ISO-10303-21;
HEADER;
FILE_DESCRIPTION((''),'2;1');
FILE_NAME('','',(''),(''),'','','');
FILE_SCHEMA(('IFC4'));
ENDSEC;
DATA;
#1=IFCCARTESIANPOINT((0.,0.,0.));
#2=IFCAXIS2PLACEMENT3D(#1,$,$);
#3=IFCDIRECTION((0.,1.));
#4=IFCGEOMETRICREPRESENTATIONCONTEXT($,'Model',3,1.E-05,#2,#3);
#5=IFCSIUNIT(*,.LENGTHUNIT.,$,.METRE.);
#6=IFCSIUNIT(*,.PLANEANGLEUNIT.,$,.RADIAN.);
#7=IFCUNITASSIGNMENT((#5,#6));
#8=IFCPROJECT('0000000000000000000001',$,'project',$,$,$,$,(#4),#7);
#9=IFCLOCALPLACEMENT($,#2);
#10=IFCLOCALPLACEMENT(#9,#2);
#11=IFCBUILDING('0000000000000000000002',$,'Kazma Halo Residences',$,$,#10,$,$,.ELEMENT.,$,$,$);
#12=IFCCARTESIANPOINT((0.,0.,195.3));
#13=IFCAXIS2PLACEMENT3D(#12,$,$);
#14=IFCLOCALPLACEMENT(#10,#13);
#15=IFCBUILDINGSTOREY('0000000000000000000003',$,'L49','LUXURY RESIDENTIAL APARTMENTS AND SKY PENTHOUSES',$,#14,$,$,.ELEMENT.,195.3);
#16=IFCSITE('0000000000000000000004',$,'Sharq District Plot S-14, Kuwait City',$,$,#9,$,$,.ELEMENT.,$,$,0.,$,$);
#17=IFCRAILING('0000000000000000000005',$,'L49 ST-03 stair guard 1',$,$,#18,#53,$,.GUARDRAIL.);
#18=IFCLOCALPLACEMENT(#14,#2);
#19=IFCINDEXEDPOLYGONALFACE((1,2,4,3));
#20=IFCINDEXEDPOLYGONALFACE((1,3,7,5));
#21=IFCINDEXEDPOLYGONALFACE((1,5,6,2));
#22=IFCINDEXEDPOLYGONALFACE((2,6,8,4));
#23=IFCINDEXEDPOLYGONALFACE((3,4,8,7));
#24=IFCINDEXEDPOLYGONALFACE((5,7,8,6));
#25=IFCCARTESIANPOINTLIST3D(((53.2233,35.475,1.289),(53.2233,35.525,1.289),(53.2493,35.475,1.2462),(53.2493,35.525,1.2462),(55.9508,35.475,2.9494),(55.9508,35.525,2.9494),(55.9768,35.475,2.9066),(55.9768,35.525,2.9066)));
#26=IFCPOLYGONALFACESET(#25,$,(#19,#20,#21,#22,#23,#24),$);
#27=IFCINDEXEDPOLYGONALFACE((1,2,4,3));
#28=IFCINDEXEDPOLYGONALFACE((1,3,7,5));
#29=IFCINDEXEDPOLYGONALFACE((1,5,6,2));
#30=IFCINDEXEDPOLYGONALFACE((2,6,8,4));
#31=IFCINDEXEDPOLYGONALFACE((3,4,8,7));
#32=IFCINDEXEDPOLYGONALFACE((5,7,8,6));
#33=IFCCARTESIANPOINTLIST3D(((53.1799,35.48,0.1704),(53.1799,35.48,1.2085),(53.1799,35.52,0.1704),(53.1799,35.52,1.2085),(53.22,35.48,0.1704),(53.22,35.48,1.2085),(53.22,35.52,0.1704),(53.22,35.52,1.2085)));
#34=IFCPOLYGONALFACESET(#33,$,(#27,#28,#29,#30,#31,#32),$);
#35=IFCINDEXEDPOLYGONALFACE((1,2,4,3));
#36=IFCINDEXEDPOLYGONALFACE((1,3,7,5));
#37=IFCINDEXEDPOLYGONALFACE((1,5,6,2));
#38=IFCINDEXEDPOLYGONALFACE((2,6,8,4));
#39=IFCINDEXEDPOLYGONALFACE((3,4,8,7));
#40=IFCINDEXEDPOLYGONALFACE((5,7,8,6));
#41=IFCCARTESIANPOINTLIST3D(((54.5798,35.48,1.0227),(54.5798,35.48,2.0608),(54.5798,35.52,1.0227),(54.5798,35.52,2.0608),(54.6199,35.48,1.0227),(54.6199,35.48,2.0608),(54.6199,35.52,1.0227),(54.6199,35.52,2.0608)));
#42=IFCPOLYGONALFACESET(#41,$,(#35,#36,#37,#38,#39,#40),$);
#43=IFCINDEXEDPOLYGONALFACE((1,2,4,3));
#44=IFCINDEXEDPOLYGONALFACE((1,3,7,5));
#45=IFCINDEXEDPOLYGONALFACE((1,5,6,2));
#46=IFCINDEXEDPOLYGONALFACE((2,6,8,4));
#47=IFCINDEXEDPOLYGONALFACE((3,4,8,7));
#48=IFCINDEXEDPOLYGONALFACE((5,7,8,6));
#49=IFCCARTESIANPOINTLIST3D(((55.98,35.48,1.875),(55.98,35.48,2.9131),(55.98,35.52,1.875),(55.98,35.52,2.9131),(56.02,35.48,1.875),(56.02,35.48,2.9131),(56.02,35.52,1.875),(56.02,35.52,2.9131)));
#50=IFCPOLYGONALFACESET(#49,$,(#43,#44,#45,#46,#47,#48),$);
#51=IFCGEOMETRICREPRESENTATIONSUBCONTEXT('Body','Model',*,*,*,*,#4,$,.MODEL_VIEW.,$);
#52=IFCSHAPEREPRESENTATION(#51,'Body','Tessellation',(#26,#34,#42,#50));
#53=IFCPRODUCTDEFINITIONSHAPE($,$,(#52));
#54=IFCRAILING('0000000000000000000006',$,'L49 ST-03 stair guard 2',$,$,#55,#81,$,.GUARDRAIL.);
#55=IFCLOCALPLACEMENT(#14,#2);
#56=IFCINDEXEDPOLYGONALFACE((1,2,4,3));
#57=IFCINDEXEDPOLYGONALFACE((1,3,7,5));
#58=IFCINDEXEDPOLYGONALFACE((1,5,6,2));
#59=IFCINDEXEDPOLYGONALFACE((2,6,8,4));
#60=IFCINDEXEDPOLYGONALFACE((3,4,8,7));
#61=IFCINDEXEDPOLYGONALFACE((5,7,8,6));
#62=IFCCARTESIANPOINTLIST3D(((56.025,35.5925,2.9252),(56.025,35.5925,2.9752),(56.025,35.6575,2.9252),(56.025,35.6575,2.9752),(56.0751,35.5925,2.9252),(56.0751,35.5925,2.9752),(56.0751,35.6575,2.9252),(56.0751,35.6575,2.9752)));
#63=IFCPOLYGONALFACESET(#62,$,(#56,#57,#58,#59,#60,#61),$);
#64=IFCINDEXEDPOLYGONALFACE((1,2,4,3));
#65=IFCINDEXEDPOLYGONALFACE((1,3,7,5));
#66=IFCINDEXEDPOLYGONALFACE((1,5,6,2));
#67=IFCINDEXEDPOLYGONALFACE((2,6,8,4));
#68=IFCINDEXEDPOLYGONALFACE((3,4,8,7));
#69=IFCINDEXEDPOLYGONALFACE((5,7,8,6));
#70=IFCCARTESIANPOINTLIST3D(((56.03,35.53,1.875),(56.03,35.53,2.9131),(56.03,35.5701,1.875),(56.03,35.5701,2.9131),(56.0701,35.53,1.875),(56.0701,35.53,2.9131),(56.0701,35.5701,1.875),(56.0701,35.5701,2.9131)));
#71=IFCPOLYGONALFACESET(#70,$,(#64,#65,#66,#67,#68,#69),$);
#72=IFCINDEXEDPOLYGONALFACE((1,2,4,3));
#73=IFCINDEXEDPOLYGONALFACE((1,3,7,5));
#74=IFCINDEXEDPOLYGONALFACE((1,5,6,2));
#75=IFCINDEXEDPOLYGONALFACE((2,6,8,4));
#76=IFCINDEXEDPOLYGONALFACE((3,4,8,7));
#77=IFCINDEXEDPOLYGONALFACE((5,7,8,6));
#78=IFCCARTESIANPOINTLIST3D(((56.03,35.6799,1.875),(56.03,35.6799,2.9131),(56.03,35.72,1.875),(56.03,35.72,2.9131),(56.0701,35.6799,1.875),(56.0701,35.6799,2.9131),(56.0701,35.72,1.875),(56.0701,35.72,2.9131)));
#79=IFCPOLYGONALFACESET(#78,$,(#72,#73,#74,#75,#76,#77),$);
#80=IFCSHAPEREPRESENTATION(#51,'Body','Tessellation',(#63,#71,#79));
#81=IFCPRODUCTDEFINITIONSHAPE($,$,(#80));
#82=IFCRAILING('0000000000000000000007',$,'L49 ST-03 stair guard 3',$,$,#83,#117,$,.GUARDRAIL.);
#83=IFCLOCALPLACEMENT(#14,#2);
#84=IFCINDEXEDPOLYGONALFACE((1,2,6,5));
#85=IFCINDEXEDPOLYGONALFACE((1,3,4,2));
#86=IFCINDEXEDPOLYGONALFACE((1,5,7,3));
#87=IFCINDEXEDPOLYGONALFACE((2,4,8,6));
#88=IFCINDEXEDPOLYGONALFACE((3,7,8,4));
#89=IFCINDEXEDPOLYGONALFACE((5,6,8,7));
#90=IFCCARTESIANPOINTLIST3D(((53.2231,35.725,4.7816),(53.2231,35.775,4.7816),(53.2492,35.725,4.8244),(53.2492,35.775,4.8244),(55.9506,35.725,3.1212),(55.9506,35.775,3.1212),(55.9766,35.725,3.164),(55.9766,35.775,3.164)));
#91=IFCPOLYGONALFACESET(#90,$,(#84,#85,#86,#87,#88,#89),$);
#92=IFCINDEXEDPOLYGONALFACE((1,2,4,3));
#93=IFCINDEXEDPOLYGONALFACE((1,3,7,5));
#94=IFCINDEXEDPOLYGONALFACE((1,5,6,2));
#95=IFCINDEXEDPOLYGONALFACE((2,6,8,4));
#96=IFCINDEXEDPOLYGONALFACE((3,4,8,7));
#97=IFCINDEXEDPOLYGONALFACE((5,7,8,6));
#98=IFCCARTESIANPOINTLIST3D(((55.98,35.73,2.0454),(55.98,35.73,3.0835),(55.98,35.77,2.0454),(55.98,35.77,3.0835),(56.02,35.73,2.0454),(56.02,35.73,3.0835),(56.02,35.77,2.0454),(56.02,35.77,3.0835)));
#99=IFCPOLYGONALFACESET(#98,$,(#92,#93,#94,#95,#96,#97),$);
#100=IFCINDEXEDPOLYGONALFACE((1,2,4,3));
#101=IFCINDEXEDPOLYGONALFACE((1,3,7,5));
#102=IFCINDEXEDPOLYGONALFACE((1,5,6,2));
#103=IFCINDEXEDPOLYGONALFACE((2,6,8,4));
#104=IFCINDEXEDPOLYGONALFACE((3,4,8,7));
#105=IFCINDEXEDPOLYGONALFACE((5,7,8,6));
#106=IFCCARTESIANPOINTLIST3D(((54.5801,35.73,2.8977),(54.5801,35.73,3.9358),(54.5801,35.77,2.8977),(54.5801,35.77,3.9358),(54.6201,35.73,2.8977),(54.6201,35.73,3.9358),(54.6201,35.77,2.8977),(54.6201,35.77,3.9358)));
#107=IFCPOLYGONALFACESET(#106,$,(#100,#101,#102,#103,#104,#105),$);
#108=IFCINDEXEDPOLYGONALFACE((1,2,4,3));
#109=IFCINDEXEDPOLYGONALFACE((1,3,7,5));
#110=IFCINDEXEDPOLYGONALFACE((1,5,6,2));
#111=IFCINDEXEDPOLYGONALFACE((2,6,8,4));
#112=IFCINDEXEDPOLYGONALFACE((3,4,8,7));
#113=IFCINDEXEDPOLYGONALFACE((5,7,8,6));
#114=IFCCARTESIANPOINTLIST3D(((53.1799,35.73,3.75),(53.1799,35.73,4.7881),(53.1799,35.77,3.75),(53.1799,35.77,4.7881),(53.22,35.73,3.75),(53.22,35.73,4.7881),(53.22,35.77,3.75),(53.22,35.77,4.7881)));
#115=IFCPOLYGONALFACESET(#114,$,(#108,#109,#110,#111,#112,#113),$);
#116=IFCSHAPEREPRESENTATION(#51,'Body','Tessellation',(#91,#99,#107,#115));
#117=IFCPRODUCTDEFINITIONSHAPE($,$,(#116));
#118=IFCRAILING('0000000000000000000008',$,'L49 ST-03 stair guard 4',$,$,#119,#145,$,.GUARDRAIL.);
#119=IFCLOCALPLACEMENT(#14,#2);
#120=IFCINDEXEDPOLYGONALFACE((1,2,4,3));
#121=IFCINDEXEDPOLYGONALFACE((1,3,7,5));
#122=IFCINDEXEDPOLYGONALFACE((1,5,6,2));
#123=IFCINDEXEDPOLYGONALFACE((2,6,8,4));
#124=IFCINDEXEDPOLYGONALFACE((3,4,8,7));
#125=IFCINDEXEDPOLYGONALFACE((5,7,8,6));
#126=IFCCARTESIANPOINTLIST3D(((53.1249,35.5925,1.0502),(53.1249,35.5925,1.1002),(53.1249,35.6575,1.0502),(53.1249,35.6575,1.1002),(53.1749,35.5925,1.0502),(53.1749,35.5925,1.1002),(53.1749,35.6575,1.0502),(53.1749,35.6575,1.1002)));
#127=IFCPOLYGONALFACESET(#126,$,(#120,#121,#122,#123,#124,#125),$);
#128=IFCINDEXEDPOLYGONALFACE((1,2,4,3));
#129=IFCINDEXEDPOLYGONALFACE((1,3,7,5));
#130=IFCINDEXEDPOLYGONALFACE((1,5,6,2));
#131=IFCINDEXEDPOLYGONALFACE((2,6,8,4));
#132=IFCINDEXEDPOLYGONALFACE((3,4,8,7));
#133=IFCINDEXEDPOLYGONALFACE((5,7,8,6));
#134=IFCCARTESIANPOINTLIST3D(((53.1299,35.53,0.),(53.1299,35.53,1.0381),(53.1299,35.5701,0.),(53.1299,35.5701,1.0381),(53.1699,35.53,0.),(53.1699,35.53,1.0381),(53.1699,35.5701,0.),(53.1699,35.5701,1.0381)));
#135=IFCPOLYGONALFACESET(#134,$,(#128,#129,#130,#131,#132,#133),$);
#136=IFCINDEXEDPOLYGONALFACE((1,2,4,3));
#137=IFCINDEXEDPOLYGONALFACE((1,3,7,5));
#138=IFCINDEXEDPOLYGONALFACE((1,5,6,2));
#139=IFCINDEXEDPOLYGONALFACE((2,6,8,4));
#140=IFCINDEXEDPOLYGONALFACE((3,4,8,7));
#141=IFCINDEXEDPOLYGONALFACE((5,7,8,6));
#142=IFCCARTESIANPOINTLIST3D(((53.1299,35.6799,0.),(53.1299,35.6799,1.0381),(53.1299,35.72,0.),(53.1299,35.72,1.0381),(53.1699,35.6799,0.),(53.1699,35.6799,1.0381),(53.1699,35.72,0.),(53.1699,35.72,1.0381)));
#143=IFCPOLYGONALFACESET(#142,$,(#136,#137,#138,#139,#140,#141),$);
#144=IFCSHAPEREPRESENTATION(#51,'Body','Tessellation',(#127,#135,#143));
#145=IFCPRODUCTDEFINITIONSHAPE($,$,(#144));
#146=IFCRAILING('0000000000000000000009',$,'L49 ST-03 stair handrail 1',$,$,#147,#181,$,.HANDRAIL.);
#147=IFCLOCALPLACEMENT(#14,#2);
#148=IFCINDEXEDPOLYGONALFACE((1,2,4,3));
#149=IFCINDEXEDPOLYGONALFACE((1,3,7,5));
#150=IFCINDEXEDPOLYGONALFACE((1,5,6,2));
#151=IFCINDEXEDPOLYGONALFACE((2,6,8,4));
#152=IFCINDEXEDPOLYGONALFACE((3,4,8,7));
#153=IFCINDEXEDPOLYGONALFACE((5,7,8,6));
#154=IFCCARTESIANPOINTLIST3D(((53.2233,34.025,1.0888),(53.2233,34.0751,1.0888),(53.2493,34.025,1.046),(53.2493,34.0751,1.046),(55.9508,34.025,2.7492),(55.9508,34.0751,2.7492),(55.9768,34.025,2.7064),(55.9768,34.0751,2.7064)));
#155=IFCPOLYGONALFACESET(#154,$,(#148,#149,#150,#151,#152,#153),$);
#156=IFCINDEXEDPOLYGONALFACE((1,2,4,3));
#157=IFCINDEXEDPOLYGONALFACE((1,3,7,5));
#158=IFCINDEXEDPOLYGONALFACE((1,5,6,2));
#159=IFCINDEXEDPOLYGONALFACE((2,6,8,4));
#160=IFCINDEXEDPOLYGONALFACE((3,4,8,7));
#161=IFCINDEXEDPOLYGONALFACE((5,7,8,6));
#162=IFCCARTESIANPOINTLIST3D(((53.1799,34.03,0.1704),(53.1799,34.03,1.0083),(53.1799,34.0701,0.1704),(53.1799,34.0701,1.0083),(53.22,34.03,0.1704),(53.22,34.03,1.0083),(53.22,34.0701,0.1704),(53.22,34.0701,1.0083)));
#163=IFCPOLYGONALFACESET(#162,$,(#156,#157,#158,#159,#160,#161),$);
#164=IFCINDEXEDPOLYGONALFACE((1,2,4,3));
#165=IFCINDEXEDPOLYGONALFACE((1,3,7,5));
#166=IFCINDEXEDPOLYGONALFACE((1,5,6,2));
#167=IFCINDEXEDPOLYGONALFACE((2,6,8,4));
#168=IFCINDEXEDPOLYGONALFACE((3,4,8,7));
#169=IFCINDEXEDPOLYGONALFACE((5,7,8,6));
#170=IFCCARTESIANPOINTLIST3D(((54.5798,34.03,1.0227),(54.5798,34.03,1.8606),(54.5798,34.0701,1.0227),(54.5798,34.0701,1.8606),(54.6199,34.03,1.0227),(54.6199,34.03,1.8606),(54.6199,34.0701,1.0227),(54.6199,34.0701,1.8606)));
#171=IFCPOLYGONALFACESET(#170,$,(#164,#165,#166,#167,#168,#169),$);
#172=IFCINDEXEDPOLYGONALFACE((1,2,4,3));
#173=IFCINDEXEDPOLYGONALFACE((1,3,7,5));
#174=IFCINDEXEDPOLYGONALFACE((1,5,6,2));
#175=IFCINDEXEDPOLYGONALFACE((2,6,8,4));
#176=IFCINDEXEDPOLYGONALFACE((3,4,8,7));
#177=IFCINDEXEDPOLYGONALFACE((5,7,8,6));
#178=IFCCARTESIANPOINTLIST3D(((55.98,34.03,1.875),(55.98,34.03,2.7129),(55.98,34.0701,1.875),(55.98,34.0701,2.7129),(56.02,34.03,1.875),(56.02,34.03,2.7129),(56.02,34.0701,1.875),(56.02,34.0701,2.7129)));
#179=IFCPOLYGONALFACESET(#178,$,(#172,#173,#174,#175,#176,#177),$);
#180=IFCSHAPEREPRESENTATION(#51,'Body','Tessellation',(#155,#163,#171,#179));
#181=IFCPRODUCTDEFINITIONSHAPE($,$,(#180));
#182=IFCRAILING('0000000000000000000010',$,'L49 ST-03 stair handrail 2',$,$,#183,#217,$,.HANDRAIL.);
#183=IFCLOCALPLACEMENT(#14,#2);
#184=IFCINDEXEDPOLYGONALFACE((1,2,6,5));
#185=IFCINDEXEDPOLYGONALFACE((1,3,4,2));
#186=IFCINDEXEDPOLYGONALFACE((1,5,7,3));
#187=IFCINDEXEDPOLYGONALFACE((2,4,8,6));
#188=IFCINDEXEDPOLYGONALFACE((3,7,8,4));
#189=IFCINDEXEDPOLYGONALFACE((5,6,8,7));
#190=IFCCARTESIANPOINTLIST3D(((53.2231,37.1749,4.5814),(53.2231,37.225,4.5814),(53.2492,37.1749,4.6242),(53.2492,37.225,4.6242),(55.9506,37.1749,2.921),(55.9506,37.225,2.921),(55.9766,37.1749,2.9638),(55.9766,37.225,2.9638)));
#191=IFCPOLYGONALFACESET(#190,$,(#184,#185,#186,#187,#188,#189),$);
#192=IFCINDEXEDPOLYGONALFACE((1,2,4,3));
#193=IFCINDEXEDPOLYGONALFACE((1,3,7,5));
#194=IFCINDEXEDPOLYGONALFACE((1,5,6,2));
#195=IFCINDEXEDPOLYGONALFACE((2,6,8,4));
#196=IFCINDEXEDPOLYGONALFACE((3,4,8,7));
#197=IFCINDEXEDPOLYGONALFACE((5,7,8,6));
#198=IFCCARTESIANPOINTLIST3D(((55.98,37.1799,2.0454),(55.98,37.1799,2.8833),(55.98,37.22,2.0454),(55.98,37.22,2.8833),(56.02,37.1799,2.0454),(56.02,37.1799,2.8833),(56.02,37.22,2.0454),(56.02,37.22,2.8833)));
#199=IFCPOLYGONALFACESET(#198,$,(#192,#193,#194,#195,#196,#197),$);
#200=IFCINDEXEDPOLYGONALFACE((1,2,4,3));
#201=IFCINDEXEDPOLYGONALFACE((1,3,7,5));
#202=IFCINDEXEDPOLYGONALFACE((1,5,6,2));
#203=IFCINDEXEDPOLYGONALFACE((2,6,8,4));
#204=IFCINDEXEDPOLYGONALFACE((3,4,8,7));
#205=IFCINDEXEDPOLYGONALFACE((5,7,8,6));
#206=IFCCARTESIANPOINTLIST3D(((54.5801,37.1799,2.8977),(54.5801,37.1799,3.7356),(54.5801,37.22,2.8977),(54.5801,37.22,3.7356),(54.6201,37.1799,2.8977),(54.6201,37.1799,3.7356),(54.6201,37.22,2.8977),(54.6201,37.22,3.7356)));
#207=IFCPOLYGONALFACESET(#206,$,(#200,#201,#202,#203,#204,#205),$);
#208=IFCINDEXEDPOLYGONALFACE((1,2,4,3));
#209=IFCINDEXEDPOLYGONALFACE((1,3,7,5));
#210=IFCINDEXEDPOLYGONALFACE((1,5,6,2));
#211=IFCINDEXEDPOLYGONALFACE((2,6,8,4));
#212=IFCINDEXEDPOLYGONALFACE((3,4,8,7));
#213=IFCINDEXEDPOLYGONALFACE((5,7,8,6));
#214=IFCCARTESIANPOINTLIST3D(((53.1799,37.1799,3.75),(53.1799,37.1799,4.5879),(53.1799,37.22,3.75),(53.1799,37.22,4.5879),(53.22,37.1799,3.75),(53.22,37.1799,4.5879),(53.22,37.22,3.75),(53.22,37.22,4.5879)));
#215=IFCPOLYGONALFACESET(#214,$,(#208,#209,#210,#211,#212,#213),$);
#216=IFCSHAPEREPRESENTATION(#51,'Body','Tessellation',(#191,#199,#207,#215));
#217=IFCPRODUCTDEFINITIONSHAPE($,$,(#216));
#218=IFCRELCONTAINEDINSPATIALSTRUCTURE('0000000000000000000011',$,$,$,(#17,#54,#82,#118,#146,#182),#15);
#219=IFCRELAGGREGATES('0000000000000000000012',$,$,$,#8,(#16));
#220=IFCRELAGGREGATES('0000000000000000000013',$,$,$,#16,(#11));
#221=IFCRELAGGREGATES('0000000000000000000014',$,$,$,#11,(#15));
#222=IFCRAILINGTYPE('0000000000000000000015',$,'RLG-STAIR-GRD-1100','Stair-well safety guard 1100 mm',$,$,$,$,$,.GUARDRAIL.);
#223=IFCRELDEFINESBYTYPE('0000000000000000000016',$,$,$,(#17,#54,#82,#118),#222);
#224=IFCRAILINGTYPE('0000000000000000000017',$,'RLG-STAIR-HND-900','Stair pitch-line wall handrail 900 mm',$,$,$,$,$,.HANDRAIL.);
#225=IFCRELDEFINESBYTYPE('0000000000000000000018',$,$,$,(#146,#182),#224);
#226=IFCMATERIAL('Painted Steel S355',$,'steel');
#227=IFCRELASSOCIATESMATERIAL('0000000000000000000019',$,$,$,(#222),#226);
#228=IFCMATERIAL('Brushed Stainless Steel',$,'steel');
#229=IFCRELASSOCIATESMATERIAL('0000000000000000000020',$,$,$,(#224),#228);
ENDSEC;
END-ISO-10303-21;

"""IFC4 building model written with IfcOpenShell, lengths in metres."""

from ifc_helpers import new_model, si_unit, direction, frame, origin, origin_2d, place, context, subcontext, project, spatial, rectangle, extrude, material, type_object, element, save


model = new_model("IFC4")

# Units and contexts
model_context = context("Model", 3, precision=1e-05, world=origin(), true_north=direction((0.0, 1.0)))
body_context = subcontext(model_context, "Body", "Model", "MODEL_VIEW")
ifc_project = project(units=[si_unit("LENGTHUNIT", "METRE"), si_unit("PLANEANGLEUNIT", "RADIAN")], contexts=[model_context])

# Site, building, storey
site_placement = place(None, origin())
site = spatial("IfcSite", under=ifc_project, at=site_placement, Name="Sharq District Plot S-14, Kuwait City", CompositionType="ELEMENT", RefElevation=0.0)
building_placement = place(site_placement, origin())
building = spatial("IfcBuilding", under=site, at=building_placement, Name="Kazma Halo Residences", CompositionType="ELEMENT")
storey_placement = place(building_placement, frame((0.0, 0.0, 195.3)))
storey = spatial("IfcBuildingStorey", under=building, at=storey_placement, Name="L49", Description="LUXURY RESIDENTIAL APARTMENTS AND SKY PENTHOUSES", CompositionType="ELEMENT", Elevation=195.3)

# Railings
ifc_material_1 = material(Name="Painted Steel S355", Category="steel")
railing_type_1 = type_object("IfcRailingType", Name="RLG-STAIR-GRD-1100", Description="Stair-well safety guard 1100 mm", PredefinedType="GUARDRAIL", material=ifc_material_1)
railing_1_placement = place(storey_placement, frame((53.2, 35.5, 0.1704)))
element("IfcRailing", 1, at=railing_1_placement, inside=storey, type_object=railing_type_1, Name="L49 ST-03 stair guard 1", PredefinedType="GUARDRAIL", context=body_context, shape_type="SweptSolid", body=[
    extrude(rectangle(XDim=0.05, YDim=0.05, at=origin_2d()), frame((0.0364, 0.0, 1.0972), z_axis=(0.85417, 0.0, 0.519994), x_axis=(0.0, 1.0, 0.0)), (0.0, 0.0, 1.0), 3.1931),
    extrude(rectangle(XDim=0.04, YDim=0.04, at=origin_2d()), origin(), (0.0, 0.0, 1.0), 1.0381),
    extrude(rectangle(XDim=0.04, YDim=0.04, at=origin_2d()), frame((1.3999, 0.0, 0.8523)), (0.0, 0.0, 1.0), 1.0381),
    extrude(rectangle(XDim=0.04, YDim=0.04, at=origin_2d()), frame((2.8, 0.0, 1.7046)), (0.0, 0.0, 1.0), 1.0381),
])
railing_2_placement = place(storey_placement, frame((56.05, 35.55, 1.875)))
element("IfcRailing", 2, at=railing_2_placement, inside=storey, type_object=railing_type_1, Name="L49 ST-03 stair guard 2", PredefinedType="GUARDRAIL", context=body_context, shape_type="SweptSolid", body=[
    extrude(rectangle(XDim=0.05, YDim=0.05, at=origin_2d()), frame((0.0, 0.0425, 1.0752), z_axis=(0.0, 1.0, 0.0), x_axis=(-1.0, 0.0, 0.0)), (0.0, 0.0, 1.0), 0.0649),
    extrude(rectangle(XDim=0.04, YDim=0.04, at=origin_2d()), origin(), (0.0, 0.0, 1.0), 1.0381),
    extrude(rectangle(XDim=0.04, YDim=0.04, at=origin_2d()), frame((0.0, 0.1499, 0.0)), (0.0, 0.0, 1.0), 1.0381),
])
railing_3_placement = place(storey_placement, frame((56.0, 35.75, 2.0454)))
element("IfcRailing", 3, at=railing_3_placement, inside=storey, type_object=railing_type_1, Name="L49 ST-03 stair guard 3", PredefinedType="GUARDRAIL", context=body_context, shape_type="SweptSolid", body=[
    extrude(rectangle(XDim=0.05, YDim=0.05, at=origin_2d()), frame((-0.0364, 0.0, 1.0972), z_axis=(-0.85417, 0.0, 0.519994), x_axis=(0.0, -1.0, 0.0)), (0.0, 0.0, 1.0), 3.1931),
    extrude(rectangle(XDim=0.04, YDim=0.04, at=origin_2d()), origin(), (0.0, 0.0, 1.0), 1.0381),
    extrude(rectangle(XDim=0.04, YDim=0.04, at=origin_2d()), frame((-1.3999, 0.0, 0.8523)), (0.0, 0.0, 1.0), 1.0381),
    extrude(rectangle(XDim=0.04, YDim=0.04, at=origin_2d()), frame((-2.8, 0.0, 1.7046)), (0.0, 0.0, 1.0), 1.0381),
])
railing_4_placement = place(storey_placement, frame((53.1499, 35.55, 0.0)))
element("IfcRailing", 4, at=railing_4_placement, inside=storey, type_object=railing_type_1, Name="L49 ST-03 stair guard 4", PredefinedType="GUARDRAIL", context=body_context, shape_type="SweptSolid", body=[
    extrude(rectangle(XDim=0.05, YDim=0.05, at=origin_2d()), frame((0.0, 0.0425, 1.0752), z_axis=(0.0, 1.0, 0.0), x_axis=(-1.0, 0.0, 0.0)), (0.0, 0.0, 1.0), 0.0649),
    extrude(rectangle(XDim=0.04, YDim=0.04, at=origin_2d()), origin(), (0.0, 0.0, 1.0), 1.0381),
    extrude(rectangle(XDim=0.04, YDim=0.04, at=origin_2d()), frame((0.0, 0.1499, 0.0)), (0.0, 0.0, 1.0), 1.0381),
])
ifc_material_2 = material(Name="Brushed Stainless Steel", Category="steel")
railing_type_2 = type_object("IfcRailingType", Name="RLG-STAIR-HND-900", Description="Stair pitch-line wall handrail 900 mm", PredefinedType="HANDRAIL", material=ifc_material_2)
railing_5_placement = place(storey_placement, frame((53.2, 34.05, 0.1704)))
element("IfcRailing", 5, at=railing_5_placement, inside=storey, type_object=railing_type_2, Name="L49 ST-03 stair handrail 1", PredefinedType="HANDRAIL", context=body_context, shape_type="SweptSolid", body=[
    extrude(rectangle(XDim=0.05, YDim=0.05, at=origin_2d()), frame((0.0364, 0.0, 0.897), z_axis=(0.85417, 0.0, 0.519994), x_axis=(0.0, 1.0, 0.0)), (0.0, 0.0, 1.0), 3.1931),
    extrude(rectangle(XDim=0.04, YDim=0.04, at=origin_2d()), origin(), (0.0, 0.0, 1.0), 0.8379),
    extrude(rectangle(XDim=0.04, YDim=0.04, at=origin_2d()), frame((1.3999, 0.0, 0.8523)), (0.0, 0.0, 1.0), 0.8379),
    extrude(rectangle(XDim=0.04, YDim=0.04, at=origin_2d()), frame((2.8, 0.0, 1.7046)), (0.0, 0.0, 1.0), 0.8379),
])
railing_6_placement = place(storey_placement, frame((56.0, 37.2, 2.0454)))
element("IfcRailing", 6, at=railing_6_placement, inside=storey, type_object=railing_type_2, Name="L49 ST-03 stair handrail 2", PredefinedType="HANDRAIL", context=body_context, shape_type="SweptSolid", body=[
    extrude(rectangle(XDim=0.05, YDim=0.05, at=origin_2d()), frame((-0.0364, 0.0, 0.897), z_axis=(-0.85417, 0.0, 0.519994), x_axis=(0.0, -1.0, 0.0)), (0.0, 0.0, 1.0), 3.1931),
    extrude(rectangle(XDim=0.04, YDim=0.04, at=origin_2d()), origin(), (0.0, 0.0, 1.0), 0.8379),
    extrude(rectangle(XDim=0.04, YDim=0.04, at=origin_2d()), frame((-1.3999, 0.0, 0.8523)), (0.0, 0.0, 1.0), 0.8379),
    extrude(rectangle(XDim=0.04, YDim=0.04, at=origin_2d()), frame((-2.8, 0.0, 1.7046)), (0.0, 0.0, 1.0), 0.8379),
])

save(model, "model.ifc")
